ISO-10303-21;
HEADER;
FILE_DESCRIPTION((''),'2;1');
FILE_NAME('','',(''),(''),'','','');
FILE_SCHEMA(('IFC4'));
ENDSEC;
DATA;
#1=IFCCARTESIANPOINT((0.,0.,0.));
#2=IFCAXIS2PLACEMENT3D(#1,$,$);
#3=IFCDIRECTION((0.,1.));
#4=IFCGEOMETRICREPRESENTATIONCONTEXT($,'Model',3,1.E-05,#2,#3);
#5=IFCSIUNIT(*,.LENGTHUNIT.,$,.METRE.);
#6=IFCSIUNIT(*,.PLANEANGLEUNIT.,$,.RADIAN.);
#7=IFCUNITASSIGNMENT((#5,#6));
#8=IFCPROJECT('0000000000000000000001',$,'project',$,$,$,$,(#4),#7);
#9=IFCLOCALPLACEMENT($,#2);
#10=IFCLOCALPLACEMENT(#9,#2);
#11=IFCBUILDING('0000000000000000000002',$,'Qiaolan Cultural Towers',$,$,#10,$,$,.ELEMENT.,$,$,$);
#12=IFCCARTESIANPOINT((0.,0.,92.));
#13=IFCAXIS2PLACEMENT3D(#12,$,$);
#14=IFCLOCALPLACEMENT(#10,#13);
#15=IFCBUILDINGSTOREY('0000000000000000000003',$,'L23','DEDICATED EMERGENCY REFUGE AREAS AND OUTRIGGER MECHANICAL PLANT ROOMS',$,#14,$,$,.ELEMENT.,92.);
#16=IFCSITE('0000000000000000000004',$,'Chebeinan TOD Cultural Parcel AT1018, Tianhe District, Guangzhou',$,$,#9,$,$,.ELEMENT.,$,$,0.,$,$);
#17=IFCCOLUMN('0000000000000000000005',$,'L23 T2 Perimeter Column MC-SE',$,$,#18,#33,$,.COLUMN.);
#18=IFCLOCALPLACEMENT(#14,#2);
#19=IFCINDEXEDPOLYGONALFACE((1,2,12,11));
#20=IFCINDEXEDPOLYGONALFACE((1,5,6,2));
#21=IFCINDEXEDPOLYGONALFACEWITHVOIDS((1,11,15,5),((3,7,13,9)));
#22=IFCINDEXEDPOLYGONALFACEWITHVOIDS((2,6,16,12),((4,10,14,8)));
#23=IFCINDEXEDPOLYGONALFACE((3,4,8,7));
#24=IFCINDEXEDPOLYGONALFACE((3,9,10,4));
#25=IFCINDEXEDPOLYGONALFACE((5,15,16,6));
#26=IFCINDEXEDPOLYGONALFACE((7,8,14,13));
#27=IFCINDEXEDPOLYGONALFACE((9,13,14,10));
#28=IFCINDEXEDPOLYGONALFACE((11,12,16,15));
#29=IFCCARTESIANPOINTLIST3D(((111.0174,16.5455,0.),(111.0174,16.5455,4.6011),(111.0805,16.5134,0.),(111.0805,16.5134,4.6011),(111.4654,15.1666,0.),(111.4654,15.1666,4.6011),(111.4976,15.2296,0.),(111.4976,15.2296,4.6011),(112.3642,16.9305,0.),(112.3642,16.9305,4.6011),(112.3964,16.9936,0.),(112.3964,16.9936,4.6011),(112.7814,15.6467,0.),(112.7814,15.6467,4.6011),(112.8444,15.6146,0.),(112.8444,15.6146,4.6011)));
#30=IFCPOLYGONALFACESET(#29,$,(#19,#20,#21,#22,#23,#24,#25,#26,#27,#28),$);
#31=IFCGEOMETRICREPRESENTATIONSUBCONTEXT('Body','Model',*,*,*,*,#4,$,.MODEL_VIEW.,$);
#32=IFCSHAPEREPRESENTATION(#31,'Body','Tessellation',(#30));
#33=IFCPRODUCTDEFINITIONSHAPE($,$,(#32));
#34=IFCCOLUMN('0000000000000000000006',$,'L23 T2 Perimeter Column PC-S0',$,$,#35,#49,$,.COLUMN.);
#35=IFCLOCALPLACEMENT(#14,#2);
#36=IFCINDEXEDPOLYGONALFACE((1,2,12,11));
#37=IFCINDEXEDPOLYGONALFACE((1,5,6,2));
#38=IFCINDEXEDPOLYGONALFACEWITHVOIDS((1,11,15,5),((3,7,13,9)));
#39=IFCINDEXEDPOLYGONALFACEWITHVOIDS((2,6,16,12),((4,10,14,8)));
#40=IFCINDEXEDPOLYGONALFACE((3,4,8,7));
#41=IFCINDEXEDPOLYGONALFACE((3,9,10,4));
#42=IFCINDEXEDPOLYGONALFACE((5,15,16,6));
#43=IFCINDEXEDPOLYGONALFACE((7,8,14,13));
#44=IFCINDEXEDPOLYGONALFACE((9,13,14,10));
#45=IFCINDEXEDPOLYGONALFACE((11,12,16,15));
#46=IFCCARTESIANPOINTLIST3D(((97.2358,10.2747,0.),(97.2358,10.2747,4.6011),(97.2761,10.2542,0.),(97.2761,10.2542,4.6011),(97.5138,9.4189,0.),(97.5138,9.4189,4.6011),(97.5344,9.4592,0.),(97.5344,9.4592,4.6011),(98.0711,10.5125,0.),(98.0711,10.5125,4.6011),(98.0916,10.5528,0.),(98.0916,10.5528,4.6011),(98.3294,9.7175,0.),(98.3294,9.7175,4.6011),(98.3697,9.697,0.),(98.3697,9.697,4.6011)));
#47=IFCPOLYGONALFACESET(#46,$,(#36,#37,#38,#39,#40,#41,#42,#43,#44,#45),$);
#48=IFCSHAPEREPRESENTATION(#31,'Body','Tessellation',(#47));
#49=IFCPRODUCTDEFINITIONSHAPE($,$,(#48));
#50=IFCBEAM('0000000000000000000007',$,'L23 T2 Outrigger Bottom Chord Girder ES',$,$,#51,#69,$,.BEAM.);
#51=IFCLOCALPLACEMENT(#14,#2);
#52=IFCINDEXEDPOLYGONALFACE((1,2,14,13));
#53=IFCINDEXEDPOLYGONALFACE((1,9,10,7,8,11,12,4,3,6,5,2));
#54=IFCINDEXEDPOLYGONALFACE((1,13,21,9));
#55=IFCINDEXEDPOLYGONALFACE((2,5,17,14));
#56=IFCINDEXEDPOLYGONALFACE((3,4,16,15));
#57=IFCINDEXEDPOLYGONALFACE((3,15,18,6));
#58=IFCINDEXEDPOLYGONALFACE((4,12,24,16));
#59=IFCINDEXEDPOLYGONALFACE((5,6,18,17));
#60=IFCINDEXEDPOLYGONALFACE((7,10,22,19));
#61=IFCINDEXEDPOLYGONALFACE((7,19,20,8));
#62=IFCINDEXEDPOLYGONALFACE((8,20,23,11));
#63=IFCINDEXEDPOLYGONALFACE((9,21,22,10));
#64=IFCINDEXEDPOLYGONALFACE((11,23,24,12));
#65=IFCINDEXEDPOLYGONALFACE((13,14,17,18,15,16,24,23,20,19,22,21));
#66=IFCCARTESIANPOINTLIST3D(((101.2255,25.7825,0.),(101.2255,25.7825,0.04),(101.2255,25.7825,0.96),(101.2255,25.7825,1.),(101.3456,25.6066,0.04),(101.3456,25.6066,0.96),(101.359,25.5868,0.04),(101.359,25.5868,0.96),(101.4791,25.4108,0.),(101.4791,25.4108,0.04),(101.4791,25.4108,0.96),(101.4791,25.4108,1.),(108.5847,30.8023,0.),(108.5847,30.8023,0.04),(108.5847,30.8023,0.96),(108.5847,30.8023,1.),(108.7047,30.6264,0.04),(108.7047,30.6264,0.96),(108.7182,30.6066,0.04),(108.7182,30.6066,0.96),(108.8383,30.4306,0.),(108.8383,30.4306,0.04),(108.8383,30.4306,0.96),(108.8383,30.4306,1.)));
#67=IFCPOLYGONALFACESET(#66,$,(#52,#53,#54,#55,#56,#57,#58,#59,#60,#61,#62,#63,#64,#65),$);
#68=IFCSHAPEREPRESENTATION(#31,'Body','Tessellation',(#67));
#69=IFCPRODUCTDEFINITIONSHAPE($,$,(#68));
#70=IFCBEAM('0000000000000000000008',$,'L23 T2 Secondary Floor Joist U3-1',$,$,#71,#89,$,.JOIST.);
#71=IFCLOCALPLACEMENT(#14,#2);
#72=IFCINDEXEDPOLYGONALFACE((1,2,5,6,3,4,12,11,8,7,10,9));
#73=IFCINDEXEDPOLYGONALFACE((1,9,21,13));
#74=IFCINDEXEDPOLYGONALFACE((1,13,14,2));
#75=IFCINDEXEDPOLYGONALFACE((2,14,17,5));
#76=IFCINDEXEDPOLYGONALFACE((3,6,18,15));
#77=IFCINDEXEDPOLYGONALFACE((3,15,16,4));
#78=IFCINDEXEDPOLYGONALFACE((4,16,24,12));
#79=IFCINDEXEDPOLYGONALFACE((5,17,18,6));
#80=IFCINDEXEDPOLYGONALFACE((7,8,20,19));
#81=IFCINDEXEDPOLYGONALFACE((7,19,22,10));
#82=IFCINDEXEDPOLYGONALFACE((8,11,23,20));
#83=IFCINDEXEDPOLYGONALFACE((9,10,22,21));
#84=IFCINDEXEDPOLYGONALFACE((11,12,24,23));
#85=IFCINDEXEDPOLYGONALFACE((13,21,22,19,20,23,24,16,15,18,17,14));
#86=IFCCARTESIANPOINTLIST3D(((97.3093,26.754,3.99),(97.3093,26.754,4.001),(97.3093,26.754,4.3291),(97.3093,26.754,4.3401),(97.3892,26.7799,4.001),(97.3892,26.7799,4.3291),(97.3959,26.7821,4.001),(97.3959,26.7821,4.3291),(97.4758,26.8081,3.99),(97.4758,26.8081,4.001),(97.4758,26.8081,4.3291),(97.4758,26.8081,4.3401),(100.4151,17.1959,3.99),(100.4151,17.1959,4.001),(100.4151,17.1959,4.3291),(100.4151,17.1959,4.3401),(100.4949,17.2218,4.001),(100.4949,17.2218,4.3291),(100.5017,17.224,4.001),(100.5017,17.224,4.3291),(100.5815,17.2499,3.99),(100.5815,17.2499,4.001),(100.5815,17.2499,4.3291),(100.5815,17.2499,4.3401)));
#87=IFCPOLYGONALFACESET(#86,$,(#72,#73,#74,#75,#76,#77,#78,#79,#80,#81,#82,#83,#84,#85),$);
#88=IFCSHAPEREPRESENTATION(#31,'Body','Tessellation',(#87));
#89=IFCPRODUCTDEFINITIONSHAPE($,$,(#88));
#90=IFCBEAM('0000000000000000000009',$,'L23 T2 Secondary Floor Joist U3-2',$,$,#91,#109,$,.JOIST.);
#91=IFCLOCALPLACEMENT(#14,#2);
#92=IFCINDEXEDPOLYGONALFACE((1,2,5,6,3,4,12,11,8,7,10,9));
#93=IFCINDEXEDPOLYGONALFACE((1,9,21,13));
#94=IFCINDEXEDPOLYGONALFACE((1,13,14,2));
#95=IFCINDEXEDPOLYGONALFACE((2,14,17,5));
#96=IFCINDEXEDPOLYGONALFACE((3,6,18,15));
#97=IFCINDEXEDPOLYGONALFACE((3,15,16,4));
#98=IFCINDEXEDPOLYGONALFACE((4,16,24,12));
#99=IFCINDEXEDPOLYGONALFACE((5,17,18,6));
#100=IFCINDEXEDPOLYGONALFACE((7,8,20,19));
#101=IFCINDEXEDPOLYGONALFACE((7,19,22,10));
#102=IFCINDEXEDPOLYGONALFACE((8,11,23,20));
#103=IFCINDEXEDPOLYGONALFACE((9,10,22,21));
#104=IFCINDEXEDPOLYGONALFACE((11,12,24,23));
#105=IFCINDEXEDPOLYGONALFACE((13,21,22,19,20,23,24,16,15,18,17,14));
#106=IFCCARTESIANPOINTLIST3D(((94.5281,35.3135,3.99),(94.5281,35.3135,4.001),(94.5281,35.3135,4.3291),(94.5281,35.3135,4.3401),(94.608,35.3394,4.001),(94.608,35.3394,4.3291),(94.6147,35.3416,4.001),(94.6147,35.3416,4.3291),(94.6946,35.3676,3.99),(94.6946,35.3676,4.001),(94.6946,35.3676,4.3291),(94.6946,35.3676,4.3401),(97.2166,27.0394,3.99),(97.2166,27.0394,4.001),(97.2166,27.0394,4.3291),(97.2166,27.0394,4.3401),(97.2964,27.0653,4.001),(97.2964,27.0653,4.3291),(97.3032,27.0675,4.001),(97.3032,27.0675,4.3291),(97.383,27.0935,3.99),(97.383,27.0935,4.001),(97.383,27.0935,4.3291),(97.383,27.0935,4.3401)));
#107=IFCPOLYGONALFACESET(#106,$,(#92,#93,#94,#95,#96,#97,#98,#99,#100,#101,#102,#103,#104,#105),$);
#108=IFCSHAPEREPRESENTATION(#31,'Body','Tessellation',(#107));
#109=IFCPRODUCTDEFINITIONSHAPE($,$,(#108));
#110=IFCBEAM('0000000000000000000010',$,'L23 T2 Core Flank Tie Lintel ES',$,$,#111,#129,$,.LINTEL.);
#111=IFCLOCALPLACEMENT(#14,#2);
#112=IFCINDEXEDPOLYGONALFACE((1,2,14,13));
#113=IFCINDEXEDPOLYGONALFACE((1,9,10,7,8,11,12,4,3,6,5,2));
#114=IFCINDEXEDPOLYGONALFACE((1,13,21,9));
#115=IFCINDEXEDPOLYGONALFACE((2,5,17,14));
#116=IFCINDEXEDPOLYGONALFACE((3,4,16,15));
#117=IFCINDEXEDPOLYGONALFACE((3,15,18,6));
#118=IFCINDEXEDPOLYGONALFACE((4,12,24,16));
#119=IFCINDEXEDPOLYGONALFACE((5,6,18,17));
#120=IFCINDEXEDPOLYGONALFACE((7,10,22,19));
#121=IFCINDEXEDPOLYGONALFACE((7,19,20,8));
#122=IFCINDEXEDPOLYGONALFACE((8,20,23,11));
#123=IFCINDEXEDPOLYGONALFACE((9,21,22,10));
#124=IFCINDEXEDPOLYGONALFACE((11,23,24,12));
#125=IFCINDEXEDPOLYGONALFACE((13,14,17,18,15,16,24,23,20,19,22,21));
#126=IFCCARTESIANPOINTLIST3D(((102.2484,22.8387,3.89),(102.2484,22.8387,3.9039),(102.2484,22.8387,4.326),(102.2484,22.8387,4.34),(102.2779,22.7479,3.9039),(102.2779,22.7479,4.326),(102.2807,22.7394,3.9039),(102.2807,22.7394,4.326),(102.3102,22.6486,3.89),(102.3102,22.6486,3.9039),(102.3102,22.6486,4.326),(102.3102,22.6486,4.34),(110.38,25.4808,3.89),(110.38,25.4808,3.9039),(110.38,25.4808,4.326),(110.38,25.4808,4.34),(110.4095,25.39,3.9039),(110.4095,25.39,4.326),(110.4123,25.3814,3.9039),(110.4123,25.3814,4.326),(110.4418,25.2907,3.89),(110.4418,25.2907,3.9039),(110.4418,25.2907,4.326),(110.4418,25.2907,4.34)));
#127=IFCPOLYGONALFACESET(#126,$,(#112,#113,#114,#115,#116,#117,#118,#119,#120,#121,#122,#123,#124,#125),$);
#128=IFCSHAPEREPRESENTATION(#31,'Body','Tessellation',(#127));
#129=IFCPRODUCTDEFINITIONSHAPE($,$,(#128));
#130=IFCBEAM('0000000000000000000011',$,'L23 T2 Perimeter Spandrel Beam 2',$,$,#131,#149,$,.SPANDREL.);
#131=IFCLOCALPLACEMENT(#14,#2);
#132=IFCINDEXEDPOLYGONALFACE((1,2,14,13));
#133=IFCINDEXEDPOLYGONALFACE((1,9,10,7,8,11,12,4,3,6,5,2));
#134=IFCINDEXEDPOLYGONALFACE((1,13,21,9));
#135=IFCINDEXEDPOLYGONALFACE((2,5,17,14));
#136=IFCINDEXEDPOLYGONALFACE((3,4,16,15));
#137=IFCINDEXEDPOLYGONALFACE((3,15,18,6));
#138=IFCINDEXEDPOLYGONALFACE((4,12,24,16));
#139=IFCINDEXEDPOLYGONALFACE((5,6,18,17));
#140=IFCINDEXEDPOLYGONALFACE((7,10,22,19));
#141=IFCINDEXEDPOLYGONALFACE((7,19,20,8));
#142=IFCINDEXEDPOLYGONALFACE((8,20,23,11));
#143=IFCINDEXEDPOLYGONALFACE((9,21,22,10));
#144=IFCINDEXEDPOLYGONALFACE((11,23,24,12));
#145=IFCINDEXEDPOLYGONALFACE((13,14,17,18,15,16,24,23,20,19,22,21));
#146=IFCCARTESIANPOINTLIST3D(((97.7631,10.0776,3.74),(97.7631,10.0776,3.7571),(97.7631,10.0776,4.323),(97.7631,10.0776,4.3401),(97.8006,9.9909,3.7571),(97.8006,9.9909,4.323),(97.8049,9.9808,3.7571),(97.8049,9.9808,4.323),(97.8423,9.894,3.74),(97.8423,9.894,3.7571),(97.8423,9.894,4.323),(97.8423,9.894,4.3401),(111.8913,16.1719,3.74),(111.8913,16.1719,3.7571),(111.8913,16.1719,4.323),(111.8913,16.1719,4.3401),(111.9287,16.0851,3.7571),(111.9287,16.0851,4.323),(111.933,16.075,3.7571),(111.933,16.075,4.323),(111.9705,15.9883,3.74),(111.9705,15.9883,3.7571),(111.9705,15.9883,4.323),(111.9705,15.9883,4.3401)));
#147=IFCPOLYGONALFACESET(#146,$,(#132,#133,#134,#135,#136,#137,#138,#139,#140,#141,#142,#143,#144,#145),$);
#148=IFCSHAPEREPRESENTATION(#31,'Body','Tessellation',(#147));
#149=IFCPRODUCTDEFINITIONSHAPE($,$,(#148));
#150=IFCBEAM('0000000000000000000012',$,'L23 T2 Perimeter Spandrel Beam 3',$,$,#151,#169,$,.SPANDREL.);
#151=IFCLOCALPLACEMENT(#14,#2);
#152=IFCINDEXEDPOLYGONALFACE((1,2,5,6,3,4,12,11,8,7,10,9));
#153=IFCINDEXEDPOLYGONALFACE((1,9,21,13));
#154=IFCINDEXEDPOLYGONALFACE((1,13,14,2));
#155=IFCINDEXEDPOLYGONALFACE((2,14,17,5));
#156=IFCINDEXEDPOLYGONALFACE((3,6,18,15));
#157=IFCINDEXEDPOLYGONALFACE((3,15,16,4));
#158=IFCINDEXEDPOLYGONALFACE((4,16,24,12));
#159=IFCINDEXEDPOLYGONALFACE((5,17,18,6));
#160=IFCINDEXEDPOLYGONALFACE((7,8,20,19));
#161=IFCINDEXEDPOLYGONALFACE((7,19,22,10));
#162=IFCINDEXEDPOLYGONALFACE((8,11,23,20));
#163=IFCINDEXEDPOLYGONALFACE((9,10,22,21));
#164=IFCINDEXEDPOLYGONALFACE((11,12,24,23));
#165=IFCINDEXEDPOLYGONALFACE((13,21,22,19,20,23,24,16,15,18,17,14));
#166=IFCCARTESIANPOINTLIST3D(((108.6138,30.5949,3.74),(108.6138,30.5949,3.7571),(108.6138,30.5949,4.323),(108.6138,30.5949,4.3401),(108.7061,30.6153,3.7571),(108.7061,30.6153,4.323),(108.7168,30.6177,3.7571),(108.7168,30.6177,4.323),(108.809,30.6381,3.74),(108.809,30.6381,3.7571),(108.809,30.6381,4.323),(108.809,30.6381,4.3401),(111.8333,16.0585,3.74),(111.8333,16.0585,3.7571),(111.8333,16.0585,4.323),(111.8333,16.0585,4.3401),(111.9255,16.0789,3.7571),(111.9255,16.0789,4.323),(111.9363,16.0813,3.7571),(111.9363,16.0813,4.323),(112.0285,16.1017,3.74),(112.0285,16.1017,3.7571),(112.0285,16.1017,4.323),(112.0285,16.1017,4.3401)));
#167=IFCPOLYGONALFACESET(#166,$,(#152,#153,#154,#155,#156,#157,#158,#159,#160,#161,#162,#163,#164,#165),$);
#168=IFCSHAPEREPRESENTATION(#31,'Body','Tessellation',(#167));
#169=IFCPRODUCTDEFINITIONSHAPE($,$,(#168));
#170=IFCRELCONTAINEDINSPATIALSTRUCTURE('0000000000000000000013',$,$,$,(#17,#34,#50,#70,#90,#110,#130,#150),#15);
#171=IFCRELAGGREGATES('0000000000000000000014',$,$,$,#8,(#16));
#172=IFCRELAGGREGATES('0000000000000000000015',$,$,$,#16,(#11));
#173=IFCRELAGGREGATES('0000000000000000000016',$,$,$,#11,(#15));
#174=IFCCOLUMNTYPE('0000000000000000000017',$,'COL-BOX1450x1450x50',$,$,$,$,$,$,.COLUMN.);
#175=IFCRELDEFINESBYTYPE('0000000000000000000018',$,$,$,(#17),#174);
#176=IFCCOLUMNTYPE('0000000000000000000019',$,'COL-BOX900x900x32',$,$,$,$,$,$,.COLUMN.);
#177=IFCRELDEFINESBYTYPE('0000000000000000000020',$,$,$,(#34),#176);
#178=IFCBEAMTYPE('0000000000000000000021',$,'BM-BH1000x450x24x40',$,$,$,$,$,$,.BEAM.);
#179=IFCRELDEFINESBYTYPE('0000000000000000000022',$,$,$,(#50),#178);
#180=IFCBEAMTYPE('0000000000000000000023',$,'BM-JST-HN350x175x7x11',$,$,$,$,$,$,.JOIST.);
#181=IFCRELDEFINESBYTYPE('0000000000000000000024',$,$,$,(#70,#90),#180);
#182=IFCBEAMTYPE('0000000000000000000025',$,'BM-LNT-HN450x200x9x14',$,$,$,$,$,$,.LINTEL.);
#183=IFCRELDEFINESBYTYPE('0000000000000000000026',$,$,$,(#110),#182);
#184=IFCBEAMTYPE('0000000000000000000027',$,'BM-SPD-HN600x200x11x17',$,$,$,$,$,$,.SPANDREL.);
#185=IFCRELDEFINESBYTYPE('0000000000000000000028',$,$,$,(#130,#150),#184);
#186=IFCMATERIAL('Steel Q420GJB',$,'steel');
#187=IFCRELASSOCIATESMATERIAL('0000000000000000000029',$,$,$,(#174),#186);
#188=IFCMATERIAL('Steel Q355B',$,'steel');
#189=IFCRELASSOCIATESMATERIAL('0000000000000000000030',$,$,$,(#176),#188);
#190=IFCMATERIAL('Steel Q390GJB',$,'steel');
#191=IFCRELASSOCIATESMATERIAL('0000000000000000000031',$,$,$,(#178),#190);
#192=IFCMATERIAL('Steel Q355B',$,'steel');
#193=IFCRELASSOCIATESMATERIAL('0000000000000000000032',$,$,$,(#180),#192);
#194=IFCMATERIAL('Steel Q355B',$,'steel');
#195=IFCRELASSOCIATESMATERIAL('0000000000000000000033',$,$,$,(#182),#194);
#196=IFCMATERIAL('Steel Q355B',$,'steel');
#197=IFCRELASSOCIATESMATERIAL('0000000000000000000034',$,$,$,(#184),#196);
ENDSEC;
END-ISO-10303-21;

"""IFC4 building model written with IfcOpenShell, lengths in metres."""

from ifc_helpers import new_model, si_unit, direction, frame, origin, origin_2d, place, context, subcontext, project, spatial, hollow_rectangle, i_section, extrude, material, material_profile, profile_set, type_object, element, save


model = new_model("IFC4")

# Units and contexts
model_context = context("Model", 3, precision=1e-05, world=origin(), true_north=direction((0.0, 1.0)))
body_context = subcontext(model_context, "Body", "Model", "MODEL_VIEW")
ifc_project = project(units=[si_unit("LENGTHUNIT", "METRE"), si_unit("PLANEANGLEUNIT", "RADIAN")], contexts=[model_context])

# Site, building, storey
site_placement = place(None, origin())
site = spatial("IfcSite", under=ifc_project, at=site_placement, Name="Chebeinan TOD Cultural Parcel AT1018, Tianhe District, Guangzhou", CompositionType="ELEMENT", RefElevation=0.0)
building_placement = place(site_placement, origin())
building = spatial("IfcBuilding", under=site, at=building_placement, Name="Qiaolan Cultural Towers", CompositionType="ELEMENT")
storey_placement = place(building_placement, frame((0.0, 0.0, 92.0)))
storey = spatial("IfcBuildingStorey", under=building, at=storey_placement, Name="L23", Description="DEDICATED EMERGENCY REFUGE AREAS AND OUTRIGGER MECHANICAL PLANT ROOMS", CompositionType="ELEMENT", Elevation=92.0)

# Columns
ifc_material_1 = material(Name="Steel Q420GJB", Category="steel")
ifc_material_profile_1 = material_profile(ifc_material_1, hollow_rectangle(XDim=1.45, YDim=1.45, WallThickness=0.05, at=origin_2d()), Name="BOX1450x1450x50")
ifc_profile_set_1 = profile_set([ifc_material_profile_1], Name="Steel Q420GJB")
column_type_1 = type_object("IfcColumnType", Name="COL-BOX1450x1450x50", PredefinedType="COLUMN", material=ifc_profile_set_1)
column_1_placement = place(storey_placement, frame((111.9309, 16.0801, 0.0), z_axis=(0.0, 0.0, 1.0), x_axis=(0.951057, 0.309017, 0.0)))
element("IfcColumn", 1, at=column_1_placement, inside=storey, type_object=column_type_1, Name="L23 T2 Perimeter Column MC-SE", PredefinedType="COLUMN", context=body_context, shape_type="SweptSolid", body=[
    extrude(hollow_rectangle(XDim=1.45, YDim=1.45, WallThickness=0.05, at=origin_2d()), origin(), (0.0, 0.0, 1.0), 4.6011),
])
ifc_material_2 = material(Name="Steel Q355B", Category="steel")
ifc_material_profile_2 = material_profile(ifc_material_2, hollow_rectangle(XDim=0.8999, YDim=0.8999, WallThickness=0.032, at=origin_2d()), Name="BOX900x900x32")
ifc_profile_set_2 = profile_set([ifc_material_profile_2], Name="Steel Q355B")
column_type_2 = type_object("IfcColumnType", Name="COL-BOX900x900x32", PredefinedType="COLUMN", material=ifc_profile_set_2)
column_2_placement = place(storey_placement, frame((97.8027, 9.9858, 0.0), z_axis=(0.0, 0.0, 1.0), x_axis=(0.951057, 0.309017, 0.0)))
element("IfcColumn", 2, at=column_2_placement, inside=storey, type_object=column_type_2, Name="L23 T2 Perimeter Column PC-S0", PredefinedType="COLUMN", context=body_context, shape_type="SweptSolid", body=[
    extrude(hollow_rectangle(XDim=0.8999, YDim=0.8999, WallThickness=0.032, at=origin_2d()), origin(), (0.0, 0.0, 1.0), 4.6011),
])

# Beams
ifc_material_3 = material(Name="Steel Q390GJB", Category="steel")
ifc_material_profile_3 = material_profile(ifc_material_3, i_section(OverallWidth=0.45, OverallDepth=1.0, WebThickness=0.0239, FlangeThickness=0.04, at=origin_2d()), Name="BH1000x450x24x40")
ifc_profile_set_3 = profile_set([ifc_material_profile_3], Name="Steel Q390GJB")
beam_type_1 = type_object("IfcBeamType", Name="BM-BH1000x450x24x40", PredefinedType="BEAM", material=ifc_profile_set_3)
beam_1_placement = place(storey_placement, frame((101.3523, 25.5967, 0.5), z_axis=(0.826113, 0.563504, 0.0), x_axis=(-0.563504, 0.826113, 0.0)))
element("IfcBeam", 3, at=beam_1_placement, inside=storey, type_object=beam_type_1, Name="L23 T2 Outrigger Bottom Chord Girder ES", PredefinedType="BEAM", context=body_context, shape_type="SweptSolid", body=[
    extrude(i_section(OverallWidth=0.45, OverallDepth=1.0, WebThickness=0.0239, FlangeThickness=0.04, at=origin_2d()), origin(), (0.0, 0.0, 1.0), 8.9082),
])
ifc_material_4 = material(Name="Steel Q355B", Category="steel")
ifc_material_profile_4 = material_profile(ifc_material_4, i_section(OverallWidth=0.175, OverallDepth=0.3501, WebThickness=0.0071, FlangeThickness=0.011, at=origin_2d()), Name="HN350x175x7x11")
ifc_profile_set_4 = profile_set([ifc_material_profile_4], Name="Steel Q355B")
beam_type_2 = type_object("IfcBeamType", Name="BM-JST-HN350x175x7x11", PredefinedType="JOIST", material=ifc_profile_set_4)
beam_2_placement = place(storey_placement, frame((100.4983, 17.2229, 4.165), z_axis=(-0.309026, 0.951054, 0.0), x_axis=(-0.951054, -0.309026, 0.0)))
element("IfcBeam", 4, at=beam_2_placement, inside=storey, type_object=beam_type_2, Name="L23 T2 Secondary Floor Joist U3-1", PredefinedType="JOIST", context=body_context, shape_type="SweptSolid", body=[
    extrude(i_section(OverallWidth=0.175, OverallDepth=0.3501, WebThickness=0.0071, FlangeThickness=0.011, at=origin_2d()), origin(), (0.0, 0.0, 1.0), 10.05),
])
beam_3_placement = place(storey_placement, frame((97.2998, 27.0664, 4.165), z_axis=(-0.309021, 0.951055, 0.0), x_axis=(-0.951055, -0.309021, 0.0)))
element("IfcBeam", 5, at=beam_3_placement, inside=storey, type_object=beam_type_2, Name="L23 T2 Secondary Floor Joist U3-2", PredefinedType="JOIST", context=body_context, shape_type="SweptSolid", body=[
    extrude(i_section(OverallWidth=0.175, OverallDepth=0.3501, WebThickness=0.0071, FlangeThickness=0.011, at=origin_2d()), origin(), (0.0, 0.0, 1.0), 8.7),
])
ifc_material_5 = material(Name="Steel Q355B", Category="steel")
ifc_material_profile_5 = material_profile(ifc_material_5, i_section(OverallWidth=0.2, OverallDepth=0.45, WebThickness=0.009, FlangeThickness=0.0139, at=origin_2d()), Name="HN450x200x9x14")
ifc_profile_set_5 = profile_set([ifc_material_profile_5], Name="Steel Q355B")
beam_type_3 = type_object("IfcBeamType", Name="BM-LNT-HN450x200x9x14", PredefinedType="LINTEL", material=ifc_profile_set_5)
beam_4_placement = place(storey_placement, frame((102.2793, 22.7437, 4.115), z_axis=(0.951057, 0.309014, 0.0), x_axis=(-0.309014, 0.951057, 0.0)))
element("IfcBeam", 6, at=beam_4_placement, inside=storey, type_object=beam_type_3, Name="L23 T2 Core Flank Tie Lintel ES", PredefinedType="LINTEL", context=body_context, shape_type="SweptSolid", body=[
    extrude(i_section(OverallWidth=0.2, OverallDepth=0.45, WebThickness=0.009, FlangeThickness=0.0139, at=origin_2d()), origin(), (0.0, 0.0, 1.0), 8.55),
])
ifc_material_6 = material(Name="Steel Q355B", Category="steel")
ifc_material_profile_6 = material_profile(ifc_material_6, i_section(OverallWidth=0.2, OverallDepth=0.6001, WebThickness=0.011, FlangeThickness=0.0171, at=origin_2d()), Name="HN600x200x11x17")
ifc_profile_set_6 = profile_set([ifc_material_profile_6], Name="Steel Q355B")
beam_type_4 = type_object("IfcBeamType", Name="BM-SPD-HN600x200x11x17", PredefinedType="SPANDREL", material=ifc_profile_set_6)
beam_5_placement = place(storey_placement, frame((97.8027, 9.9858, 4.04), z_axis=(0.918218, 0.396076, 0.0), x_axis=(-0.396076, 0.918218, 0.0)))
element("IfcBeam", 7, at=beam_5_placement, inside=storey, type_object=beam_type_4, Name="L23 T2 Perimeter Spandrel Beam 2", PredefinedType="SPANDREL", context=body_context, shape_type="SweptSolid", body=[
    extrude(i_section(OverallWidth=0.2, OverallDepth=0.6001, WebThickness=0.011, FlangeThickness=0.0171, at=origin_2d()), origin(), (0.0, 0.0, 1.0), 15.3865),
])
beam_6_placement = place(storey_placement, frame((111.9309, 16.0801, 4.04), z_axis=(-0.216238, 0.976341, 0.0), x_axis=(-0.976341, -0.216238, 0.0)))
element("IfcBeam", 8, at=beam_6_placement, inside=storey, type_object=beam_type_4, Name="L23 T2 Perimeter Spandrel Beam 3", PredefinedType="SPANDREL", context=body_context, shape_type="SweptSolid", body=[
    extrude(i_section(OverallWidth=0.2, OverallDepth=0.6001, WebThickness=0.011, FlangeThickness=0.0171, at=origin_2d()), origin(), (0.0, 0.0, 1.0), 14.8887),
])

save(model, "model.ifc")
